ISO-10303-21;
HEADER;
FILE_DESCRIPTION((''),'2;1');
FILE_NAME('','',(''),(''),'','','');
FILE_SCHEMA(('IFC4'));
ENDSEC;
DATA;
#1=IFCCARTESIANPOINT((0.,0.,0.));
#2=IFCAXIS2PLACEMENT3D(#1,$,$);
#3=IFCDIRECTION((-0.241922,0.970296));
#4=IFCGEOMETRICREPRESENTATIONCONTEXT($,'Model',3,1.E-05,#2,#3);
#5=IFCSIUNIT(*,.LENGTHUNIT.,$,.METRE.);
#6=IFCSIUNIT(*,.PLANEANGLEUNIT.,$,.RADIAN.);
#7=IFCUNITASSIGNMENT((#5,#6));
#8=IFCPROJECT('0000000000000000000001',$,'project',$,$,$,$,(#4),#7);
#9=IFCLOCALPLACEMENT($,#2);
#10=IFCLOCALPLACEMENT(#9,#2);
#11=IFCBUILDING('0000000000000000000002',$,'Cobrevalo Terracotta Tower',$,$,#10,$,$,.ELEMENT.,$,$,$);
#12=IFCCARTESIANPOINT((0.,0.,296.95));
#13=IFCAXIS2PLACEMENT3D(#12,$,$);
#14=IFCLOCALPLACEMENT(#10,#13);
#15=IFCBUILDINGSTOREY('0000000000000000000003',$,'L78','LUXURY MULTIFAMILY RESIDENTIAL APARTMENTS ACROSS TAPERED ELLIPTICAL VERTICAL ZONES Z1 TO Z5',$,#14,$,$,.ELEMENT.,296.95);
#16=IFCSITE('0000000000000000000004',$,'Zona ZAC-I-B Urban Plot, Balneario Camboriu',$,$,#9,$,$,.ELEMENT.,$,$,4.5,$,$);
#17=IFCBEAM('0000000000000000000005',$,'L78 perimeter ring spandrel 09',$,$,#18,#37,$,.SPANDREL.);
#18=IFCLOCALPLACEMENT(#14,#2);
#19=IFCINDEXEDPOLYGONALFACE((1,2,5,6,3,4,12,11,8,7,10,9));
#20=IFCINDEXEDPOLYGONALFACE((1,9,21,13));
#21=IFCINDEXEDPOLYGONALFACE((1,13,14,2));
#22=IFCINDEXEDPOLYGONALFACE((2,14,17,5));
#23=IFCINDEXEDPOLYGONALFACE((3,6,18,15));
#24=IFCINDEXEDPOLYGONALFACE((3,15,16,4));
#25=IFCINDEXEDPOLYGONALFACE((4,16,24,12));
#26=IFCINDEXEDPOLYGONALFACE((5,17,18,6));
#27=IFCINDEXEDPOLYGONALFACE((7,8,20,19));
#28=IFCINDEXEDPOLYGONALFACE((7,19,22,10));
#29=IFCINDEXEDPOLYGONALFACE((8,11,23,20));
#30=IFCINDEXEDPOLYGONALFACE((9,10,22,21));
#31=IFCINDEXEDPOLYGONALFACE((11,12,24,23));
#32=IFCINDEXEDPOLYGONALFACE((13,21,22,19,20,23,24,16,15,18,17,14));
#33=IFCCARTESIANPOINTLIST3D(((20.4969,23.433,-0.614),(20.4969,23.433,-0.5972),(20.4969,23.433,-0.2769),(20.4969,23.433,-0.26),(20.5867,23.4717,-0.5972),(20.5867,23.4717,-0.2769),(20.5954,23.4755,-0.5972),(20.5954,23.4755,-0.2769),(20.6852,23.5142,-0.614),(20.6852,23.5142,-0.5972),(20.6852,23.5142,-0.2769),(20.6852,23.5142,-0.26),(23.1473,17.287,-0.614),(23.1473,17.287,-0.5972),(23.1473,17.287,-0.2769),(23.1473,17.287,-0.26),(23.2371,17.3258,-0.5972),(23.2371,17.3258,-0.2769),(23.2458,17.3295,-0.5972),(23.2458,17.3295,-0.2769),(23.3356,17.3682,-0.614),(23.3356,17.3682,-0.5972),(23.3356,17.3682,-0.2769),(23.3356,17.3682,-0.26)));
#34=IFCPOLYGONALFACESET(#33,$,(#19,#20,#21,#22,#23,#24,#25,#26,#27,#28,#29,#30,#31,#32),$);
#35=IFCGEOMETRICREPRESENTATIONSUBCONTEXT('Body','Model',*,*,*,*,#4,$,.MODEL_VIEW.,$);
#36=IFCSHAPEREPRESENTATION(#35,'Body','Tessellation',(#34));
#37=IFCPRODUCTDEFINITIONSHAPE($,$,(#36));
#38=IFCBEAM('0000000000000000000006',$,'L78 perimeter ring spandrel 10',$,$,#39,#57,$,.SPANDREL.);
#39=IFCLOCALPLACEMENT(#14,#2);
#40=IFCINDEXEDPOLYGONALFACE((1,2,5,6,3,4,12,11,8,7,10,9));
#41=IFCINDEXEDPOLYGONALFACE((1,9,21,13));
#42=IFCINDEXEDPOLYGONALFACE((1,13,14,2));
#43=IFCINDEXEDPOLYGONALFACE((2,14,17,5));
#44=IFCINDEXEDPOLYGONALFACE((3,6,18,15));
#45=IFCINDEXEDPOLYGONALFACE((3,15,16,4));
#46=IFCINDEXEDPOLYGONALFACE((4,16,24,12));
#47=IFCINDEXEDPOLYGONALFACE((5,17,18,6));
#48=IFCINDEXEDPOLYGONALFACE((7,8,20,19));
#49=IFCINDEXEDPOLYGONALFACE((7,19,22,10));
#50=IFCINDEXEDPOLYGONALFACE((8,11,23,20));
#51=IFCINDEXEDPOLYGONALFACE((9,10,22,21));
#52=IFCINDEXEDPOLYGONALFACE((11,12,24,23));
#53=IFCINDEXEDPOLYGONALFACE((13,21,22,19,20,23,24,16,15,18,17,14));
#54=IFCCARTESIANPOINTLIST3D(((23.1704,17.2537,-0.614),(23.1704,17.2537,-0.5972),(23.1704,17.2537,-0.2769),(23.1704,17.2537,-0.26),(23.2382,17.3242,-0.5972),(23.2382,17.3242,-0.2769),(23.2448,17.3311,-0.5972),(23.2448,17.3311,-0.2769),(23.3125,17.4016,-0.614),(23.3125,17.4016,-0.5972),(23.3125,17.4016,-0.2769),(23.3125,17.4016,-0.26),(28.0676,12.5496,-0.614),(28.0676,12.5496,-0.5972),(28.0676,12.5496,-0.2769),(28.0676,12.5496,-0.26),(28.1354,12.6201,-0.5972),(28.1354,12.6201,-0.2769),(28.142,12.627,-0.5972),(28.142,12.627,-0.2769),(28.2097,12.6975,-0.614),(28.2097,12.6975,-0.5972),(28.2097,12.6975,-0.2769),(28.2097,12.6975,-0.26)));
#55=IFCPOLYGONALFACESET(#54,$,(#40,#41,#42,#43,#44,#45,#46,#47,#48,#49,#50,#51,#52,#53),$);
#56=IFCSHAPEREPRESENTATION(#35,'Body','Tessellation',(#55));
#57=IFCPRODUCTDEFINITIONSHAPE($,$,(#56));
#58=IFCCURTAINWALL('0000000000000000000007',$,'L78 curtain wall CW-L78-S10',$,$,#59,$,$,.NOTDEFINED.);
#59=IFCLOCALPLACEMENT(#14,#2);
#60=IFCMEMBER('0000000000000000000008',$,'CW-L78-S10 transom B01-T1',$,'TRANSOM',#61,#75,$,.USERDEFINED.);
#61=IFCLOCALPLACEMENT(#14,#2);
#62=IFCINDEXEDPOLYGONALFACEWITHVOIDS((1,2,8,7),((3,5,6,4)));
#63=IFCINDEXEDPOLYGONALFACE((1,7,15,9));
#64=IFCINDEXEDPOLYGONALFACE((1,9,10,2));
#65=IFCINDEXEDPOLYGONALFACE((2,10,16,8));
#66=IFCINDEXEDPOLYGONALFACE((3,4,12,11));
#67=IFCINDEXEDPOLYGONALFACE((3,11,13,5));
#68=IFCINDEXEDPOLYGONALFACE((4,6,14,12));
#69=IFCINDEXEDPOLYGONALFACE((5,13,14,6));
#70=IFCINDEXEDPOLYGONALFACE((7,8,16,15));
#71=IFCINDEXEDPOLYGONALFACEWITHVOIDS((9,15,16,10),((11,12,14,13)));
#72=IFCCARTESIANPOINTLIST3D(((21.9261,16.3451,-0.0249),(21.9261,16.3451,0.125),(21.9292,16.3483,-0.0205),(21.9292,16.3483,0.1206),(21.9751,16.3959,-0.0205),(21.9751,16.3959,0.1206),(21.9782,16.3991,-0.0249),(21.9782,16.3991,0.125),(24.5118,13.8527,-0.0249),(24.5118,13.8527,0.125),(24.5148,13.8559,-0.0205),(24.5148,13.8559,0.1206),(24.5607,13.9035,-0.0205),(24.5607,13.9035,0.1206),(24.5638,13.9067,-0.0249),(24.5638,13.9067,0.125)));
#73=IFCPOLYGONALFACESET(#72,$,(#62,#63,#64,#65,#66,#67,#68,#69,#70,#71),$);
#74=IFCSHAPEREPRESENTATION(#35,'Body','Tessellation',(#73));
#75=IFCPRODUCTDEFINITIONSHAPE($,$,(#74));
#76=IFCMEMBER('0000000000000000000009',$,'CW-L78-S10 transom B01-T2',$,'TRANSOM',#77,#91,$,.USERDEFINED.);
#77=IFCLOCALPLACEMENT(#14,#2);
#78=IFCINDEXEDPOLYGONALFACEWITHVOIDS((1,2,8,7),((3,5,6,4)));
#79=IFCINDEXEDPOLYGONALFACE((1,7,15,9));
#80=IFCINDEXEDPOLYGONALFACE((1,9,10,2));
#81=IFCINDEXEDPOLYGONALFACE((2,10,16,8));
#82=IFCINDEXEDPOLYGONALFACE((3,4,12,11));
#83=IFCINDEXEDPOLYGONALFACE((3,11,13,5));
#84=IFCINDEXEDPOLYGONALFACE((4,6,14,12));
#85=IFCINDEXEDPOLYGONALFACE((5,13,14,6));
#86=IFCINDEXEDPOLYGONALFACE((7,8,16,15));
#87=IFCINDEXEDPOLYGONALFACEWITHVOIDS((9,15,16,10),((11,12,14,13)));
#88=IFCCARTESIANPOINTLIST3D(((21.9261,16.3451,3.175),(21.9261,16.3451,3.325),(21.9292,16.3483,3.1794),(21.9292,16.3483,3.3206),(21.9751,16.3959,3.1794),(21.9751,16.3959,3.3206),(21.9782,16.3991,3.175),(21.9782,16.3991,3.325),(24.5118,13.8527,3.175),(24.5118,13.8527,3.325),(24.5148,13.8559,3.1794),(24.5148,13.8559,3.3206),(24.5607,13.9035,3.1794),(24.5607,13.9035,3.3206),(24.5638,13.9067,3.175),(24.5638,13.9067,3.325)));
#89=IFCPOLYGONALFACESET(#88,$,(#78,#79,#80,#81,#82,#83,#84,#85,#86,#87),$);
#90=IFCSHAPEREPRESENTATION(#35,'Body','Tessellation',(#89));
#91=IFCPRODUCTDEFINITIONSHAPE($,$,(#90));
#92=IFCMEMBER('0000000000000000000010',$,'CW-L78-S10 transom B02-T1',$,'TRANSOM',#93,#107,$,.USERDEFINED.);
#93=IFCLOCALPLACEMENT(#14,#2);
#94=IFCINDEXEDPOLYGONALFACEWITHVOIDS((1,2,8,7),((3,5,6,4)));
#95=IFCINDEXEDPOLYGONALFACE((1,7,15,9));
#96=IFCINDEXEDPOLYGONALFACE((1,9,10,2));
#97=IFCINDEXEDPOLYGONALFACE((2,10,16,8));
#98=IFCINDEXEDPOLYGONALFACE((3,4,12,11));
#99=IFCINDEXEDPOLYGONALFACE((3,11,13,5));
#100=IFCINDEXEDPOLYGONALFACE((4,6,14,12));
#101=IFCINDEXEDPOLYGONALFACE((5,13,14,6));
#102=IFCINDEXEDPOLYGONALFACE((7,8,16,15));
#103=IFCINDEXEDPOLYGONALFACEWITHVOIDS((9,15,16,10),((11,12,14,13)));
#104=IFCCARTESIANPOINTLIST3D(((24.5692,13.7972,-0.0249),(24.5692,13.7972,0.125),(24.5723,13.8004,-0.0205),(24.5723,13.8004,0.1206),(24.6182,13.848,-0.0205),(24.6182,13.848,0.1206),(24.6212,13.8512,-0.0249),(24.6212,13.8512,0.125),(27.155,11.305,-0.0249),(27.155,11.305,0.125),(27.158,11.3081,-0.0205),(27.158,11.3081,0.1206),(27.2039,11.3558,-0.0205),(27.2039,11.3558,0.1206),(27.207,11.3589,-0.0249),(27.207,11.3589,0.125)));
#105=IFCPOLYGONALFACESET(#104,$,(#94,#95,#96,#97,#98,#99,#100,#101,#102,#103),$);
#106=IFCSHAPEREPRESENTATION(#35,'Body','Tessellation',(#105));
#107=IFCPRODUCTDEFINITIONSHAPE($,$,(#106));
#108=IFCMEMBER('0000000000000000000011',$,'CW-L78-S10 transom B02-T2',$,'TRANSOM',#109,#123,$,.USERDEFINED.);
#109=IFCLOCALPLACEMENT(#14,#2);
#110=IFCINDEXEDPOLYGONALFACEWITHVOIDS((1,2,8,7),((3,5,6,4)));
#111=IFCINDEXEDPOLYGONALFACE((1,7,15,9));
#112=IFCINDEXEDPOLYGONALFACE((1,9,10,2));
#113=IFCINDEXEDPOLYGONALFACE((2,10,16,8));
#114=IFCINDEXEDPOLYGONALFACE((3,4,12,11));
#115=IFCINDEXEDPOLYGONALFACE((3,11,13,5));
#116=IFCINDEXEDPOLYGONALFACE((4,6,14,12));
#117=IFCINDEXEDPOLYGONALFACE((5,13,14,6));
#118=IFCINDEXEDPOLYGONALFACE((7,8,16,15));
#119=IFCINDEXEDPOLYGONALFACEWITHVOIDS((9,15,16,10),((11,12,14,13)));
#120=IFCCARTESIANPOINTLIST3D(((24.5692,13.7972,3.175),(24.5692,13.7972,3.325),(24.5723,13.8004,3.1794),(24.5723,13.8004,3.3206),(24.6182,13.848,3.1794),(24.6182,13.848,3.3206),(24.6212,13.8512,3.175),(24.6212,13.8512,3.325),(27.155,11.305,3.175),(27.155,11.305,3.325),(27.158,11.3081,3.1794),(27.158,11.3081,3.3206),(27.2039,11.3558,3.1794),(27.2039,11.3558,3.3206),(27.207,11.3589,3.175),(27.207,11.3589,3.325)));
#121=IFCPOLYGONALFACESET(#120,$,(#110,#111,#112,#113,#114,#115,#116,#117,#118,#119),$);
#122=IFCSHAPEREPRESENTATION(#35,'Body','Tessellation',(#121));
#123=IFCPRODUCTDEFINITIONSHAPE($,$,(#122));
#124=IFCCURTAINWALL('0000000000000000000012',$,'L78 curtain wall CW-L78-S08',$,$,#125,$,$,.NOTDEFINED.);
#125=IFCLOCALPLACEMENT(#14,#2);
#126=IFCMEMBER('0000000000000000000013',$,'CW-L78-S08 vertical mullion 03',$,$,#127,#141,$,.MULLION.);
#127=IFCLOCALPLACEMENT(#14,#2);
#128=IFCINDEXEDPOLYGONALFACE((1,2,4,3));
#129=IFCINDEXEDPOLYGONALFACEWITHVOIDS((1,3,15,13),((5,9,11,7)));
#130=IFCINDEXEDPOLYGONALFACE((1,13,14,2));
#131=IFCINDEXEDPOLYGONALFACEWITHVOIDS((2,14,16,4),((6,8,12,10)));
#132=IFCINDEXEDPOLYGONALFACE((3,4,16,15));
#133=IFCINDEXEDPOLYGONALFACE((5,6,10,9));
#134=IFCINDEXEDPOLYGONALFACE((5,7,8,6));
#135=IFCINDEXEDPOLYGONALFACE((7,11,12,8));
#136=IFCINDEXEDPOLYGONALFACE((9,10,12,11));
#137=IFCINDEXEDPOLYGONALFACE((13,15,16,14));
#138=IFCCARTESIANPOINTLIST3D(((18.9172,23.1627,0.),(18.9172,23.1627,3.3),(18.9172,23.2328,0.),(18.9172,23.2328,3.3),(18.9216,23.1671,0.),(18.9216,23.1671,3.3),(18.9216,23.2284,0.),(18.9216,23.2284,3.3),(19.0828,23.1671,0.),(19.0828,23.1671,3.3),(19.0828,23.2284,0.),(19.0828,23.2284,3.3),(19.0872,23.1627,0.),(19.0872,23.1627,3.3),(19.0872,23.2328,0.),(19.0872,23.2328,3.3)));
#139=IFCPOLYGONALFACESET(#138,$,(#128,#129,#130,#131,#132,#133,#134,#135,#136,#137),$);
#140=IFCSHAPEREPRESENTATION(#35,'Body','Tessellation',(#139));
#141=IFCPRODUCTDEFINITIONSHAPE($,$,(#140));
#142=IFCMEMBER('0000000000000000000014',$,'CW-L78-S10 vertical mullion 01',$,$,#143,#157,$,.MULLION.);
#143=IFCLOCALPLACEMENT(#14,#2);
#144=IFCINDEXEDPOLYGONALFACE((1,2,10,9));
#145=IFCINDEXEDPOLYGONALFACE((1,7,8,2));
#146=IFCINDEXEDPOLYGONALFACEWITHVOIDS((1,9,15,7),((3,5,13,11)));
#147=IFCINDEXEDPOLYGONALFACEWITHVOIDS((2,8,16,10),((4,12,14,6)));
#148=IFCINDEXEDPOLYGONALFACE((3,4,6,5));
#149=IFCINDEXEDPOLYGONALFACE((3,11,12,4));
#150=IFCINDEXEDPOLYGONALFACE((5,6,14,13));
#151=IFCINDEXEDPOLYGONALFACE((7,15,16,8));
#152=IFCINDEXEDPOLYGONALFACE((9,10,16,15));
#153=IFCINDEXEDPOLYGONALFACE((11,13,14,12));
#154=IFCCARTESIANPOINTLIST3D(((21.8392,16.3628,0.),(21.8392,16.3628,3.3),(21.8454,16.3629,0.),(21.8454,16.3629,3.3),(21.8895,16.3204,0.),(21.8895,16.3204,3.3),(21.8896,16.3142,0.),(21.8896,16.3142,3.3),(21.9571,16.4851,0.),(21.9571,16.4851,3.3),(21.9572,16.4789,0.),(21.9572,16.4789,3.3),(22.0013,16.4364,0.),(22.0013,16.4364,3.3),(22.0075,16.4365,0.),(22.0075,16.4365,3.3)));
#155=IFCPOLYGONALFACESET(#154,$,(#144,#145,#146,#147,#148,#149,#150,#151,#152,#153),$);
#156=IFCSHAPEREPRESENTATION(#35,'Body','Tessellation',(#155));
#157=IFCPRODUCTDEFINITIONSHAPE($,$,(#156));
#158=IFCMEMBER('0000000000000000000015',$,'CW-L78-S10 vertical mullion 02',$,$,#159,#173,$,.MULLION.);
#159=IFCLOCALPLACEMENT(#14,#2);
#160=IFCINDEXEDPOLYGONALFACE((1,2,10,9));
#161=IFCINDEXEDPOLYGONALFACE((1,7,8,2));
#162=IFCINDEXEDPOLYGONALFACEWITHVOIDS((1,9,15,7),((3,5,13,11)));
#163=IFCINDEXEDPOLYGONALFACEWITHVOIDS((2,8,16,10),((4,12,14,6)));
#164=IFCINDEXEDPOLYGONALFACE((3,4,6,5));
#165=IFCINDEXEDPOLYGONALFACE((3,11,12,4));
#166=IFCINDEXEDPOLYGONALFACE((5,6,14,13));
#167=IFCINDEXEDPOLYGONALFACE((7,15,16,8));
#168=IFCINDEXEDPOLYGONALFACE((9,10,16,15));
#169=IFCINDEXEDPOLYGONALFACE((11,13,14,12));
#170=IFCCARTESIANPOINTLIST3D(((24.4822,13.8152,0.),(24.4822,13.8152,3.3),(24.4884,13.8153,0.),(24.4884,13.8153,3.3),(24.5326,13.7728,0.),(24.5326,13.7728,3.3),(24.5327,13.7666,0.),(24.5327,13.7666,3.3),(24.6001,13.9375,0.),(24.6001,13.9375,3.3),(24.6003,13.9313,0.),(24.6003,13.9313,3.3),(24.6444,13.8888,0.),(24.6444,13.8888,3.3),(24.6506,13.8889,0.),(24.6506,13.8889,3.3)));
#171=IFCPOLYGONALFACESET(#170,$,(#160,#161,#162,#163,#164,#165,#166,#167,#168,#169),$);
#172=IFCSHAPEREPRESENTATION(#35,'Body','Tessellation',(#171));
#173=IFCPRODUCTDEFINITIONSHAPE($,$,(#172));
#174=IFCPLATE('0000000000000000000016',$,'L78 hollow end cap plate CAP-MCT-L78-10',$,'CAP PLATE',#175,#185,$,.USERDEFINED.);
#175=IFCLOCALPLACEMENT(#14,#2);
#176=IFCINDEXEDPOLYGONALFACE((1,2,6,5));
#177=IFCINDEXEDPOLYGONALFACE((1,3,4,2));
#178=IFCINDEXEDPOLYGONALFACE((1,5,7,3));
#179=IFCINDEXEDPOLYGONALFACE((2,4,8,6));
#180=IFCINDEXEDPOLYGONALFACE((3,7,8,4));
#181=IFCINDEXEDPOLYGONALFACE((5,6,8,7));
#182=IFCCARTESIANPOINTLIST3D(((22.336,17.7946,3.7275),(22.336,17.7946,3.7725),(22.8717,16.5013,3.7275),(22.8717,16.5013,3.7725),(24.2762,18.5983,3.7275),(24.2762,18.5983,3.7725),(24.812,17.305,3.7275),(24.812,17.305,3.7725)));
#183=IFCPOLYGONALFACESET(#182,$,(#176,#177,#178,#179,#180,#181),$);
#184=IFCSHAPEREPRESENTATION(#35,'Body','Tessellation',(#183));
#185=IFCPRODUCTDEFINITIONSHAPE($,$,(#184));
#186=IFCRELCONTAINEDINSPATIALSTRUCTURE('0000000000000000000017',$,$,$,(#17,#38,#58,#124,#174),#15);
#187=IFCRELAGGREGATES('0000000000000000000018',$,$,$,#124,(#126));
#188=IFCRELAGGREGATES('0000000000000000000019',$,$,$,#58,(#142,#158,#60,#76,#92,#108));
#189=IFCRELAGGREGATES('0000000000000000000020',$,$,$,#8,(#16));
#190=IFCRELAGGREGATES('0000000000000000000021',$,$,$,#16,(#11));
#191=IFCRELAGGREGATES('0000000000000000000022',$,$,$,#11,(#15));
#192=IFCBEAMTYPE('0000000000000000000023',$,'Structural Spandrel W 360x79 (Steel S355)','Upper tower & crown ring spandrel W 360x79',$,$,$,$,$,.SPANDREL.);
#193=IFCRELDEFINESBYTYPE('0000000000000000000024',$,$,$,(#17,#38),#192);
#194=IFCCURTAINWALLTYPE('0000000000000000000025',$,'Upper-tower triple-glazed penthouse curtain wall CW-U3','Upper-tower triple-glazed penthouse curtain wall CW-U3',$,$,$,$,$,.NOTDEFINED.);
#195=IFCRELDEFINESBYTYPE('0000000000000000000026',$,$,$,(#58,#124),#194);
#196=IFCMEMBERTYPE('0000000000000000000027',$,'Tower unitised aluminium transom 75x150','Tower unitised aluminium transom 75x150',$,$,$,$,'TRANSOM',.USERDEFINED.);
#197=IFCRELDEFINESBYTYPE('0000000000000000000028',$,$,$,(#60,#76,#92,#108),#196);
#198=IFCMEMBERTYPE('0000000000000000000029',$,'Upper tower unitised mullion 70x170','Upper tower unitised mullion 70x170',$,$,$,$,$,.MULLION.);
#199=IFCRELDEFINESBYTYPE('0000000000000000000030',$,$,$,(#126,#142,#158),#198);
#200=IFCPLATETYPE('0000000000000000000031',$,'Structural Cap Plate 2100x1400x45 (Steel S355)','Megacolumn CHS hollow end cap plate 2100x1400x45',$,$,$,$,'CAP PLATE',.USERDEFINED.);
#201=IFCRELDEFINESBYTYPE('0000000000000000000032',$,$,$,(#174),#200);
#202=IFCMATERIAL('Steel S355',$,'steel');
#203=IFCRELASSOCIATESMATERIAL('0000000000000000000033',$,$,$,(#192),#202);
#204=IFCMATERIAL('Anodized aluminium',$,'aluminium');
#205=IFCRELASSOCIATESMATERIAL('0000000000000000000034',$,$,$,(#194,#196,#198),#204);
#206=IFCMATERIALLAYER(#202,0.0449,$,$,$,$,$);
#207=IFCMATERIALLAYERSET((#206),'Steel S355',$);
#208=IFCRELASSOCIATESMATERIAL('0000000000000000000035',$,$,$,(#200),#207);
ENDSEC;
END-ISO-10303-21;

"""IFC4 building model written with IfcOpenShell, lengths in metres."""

from ifc_helpers import new_model, si_unit, direction, frame, origin, origin_2d, place, context, subcontext, project, spatial, rectangle, hollow_rectangle, i_section, extrude, source, transform, mapped, material, layer, layer_set, material_profile, profile_set, type_object, element, aggregate, save


model = new_model("IFC4")

# Units and contexts
model_context = context("Model", 3, precision=1e-05, world=origin(), true_north=direction((-0.241922, 0.970296)))
body_context = subcontext(model_context, "Body", "Model", "MODEL_VIEW")
ifc_project = project(units=[si_unit("LENGTHUNIT", "METRE"), si_unit("PLANEANGLEUNIT", "RADIAN")], contexts=[model_context])

# Site, building, storey
site_placement = place(None, origin())
site = spatial("IfcSite", under=ifc_project, at=site_placement, Name="Zona ZAC-I-B Urban Plot, Balneario Camboriu", CompositionType="ELEMENT", RefElevation=4.5)
building_placement = place(site_placement, origin())
building = spatial("IfcBuilding", under=site, at=building_placement, Name="Cobrevalo Terracotta Tower", CompositionType="ELEMENT")
storey_placement = place(building_placement, frame((0.0, 0.0, 296.95)))
storey = spatial("IfcBuildingStorey", under=building, at=storey_placement, Name="L78", Description="LUXURY MULTIFAMILY RESIDENTIAL APARTMENTS ACROSS TAPERED ELLIPTICAL VERTICAL ZONES Z1 TO Z5", CompositionType="ELEMENT", Elevation=296.95)

# Shared definitions
ifc_material_1 = material(Name="Steel S355", Category="steel")

# Beams
ifc_material_profile_1 = material_profile(ifc_material_1, i_section(OverallWidth=0.2051, OverallDepth=0.354, WebThickness=0.0095, FlangeThickness=0.0168, at=origin_2d()), Name="W 360x79")
ifc_profile_set_1 = profile_set([ifc_material_profile_1], Name="Steel S355")
beam_type_1 = type_object("IfcBeamType", Name="Structural Spandrel W 360x79 (Steel S355)", Description="Upper tower & crown ring spandrel W 360x79", PredefinedType="SPANDREL", material=ifc_profile_set_1)
beam_1_placement = place(storey_placement, frame((20.5911, 23.4736, -0.437), z_axis=(0.395987, -0.918256, 0.0), x_axis=(0.918256, 0.395987, 0.0)))
element("IfcBeam", 1, at=beam_1_placement, inside=storey, type_object=beam_type_1, Name="L78 perimeter ring spandrel 09", PredefinedType="SPANDREL", context=body_context, shape_type="SweptSolid", body=[
    extrude(i_section(OverallWidth=0.2051, OverallDepth=0.354, WebThickness=0.0095, FlangeThickness=0.0168, at=origin_2d()), origin(), (0.0, 0.0, 1.0), 6.6931),
])
beam_2_placement = place(storey_placement, frame((23.2415, 17.3276, -0.437), z_axis=(0.721183, -0.692744, 0.0), x_axis=(0.692744, 0.721183, 0.0)))
element("IfcBeam", 2, at=beam_2_placement, inside=storey, type_object=beam_type_1, Name="L78 perimeter ring spandrel 10", PredefinedType="SPANDREL", context=body_context, shape_type="SweptSolid", body=[
    extrude(i_section(OverallWidth=0.2051, OverallDepth=0.354, WebThickness=0.0095, FlangeThickness=0.0168, at=origin_2d()), origin(), (0.0, 0.0, 1.0), 6.7905),
])

# Curtain wall, members
ifc_material_2 = material(Name="Anodized aluminium", Category="aluminium")
curtain_wall_type = type_object("IfcCurtainWallType", Name="Upper-tower triple-glazed penthouse curtain wall CW-U3", Description="Upper-tower triple-glazed penthouse curtain wall CW-U3", PredefinedType="NOTDEFINED", material=ifc_material_2)
curtain_wall_1_placement = place(storey_placement, origin())
curtain_wall_1 = element("IfcCurtainWall", 3, at=curtain_wall_1_placement, inside=storey, type_object=curtain_wall_type, Name="L78 curtain wall CW-L78-S10", PredefinedType="NOTDEFINED")
ifc_material_profile_2 = material_profile(ifc_material_2, hollow_rectangle(XDim=0.075, YDim=0.1499, WallThickness=0.0044, at=origin_2d()), Name="CWT 75x150")
ifc_profile_set_2 = profile_set([ifc_material_profile_2], Name="Anodized aluminium")
member_type_1 = type_object("IfcMemberType", Name="Tower unitised aluminium transom 75x150", Description="Tower unitised aluminium transom 75x150", ElementType="TRANSOM", PredefinedType="USERDEFINED", material=ifc_profile_set_2)
shared_shape_1 = source(origin(), body_context, "Body", "SweptSolid", [
    extrude(hollow_rectangle(XDim=0.075, YDim=0.1499, WallThickness=0.0044, at=origin_2d()), origin(), (0.0, 0.0, 1.0), 3.5913),
])
member_1_placement = place(storey_placement, frame((21.9521, 16.3721, 0.05), z_axis=(0.719972, -0.694003, 0.0), x_axis=(0.694003, 0.719972, 0.0)))
member_1 = element("IfcMember", 4, at=member_1_placement, type_object=member_type_1, Name="CW-L78-S10 transom B01-T1", ObjectType="TRANSOM", PredefinedType="USERDEFINED", context=body_context, shape_type="MappedRepresentation", body=[
    mapped(shared_shape_1, transform((0.0, 0.0, 0.0), scale=1.0)),
])
member_2_placement = place(storey_placement, frame((21.9521, 16.3721, 3.25), z_axis=(0.719972, -0.694003, 0.0), x_axis=(0.694003, 0.719972, 0.0)))
member_2 = element("IfcMember", 5, at=member_2_placement, type_object=member_type_1, Name="CW-L78-S10 transom B01-T2", ObjectType="TRANSOM", PredefinedType="USERDEFINED", context=body_context, shape_type="MappedRepresentation", body=[
    mapped(shared_shape_1, transform((0.0, 0.0, 0.0), scale=1.0)),
])
member_3_placement = place(storey_placement, frame((24.5952, 13.8242, 0.05), z_axis=(0.720006, -0.693968, 0.0), x_axis=(0.693968, 0.720006, 0.0)))
member_3 = element("IfcMember", 6, at=member_3_placement, type_object=member_type_1, Name="CW-L78-S10 transom B02-T1", ObjectType="TRANSOM", PredefinedType="USERDEFINED", context=body_context, shape_type="MappedRepresentation", body=[
    mapped(shared_shape_1, transform((0.0, 0.0, 0.0), scale=1.0)),
])
member_4_placement = place(storey_placement, frame((24.5952, 13.8242, 3.25), z_axis=(0.720006, -0.693968, 0.0), x_axis=(0.693968, 0.720006, 0.0)))
member_4 = element("IfcMember", 7, at=member_4_placement, type_object=member_type_1, Name="CW-L78-S10 transom B02-T2", ObjectType="TRANSOM", PredefinedType="USERDEFINED", context=body_context, shape_type="MappedRepresentation", body=[
    mapped(shared_shape_1, transform((0.0, 0.0, 0.0), scale=1.0)),
])

# Curtain wall, member
curtain_wall_2_placement = place(storey_placement, origin())
curtain_wall_2 = element("IfcCurtainWall", 8, at=curtain_wall_2_placement, inside=storey, type_object=curtain_wall_type, Name="L78 curtain wall CW-L78-S08", PredefinedType="NOTDEFINED")
ifc_material_profile_3 = material_profile(ifc_material_2, hollow_rectangle(XDim=0.0701, YDim=0.1699, WallThickness=0.0044, at=origin_2d()), Name="CWM 70x170")
ifc_profile_set_3 = profile_set([ifc_material_profile_3], Name="Anodized aluminium")
member_type_2 = type_object("IfcMemberType", Name="Upper tower unitised mullion 70x170", Description="Upper tower unitised mullion 70x170", PredefinedType="MULLION", material=ifc_profile_set_3)
shared_shape_2 = source(origin(), body_context, "Body", "SweptSolid", [
    extrude(hollow_rectangle(XDim=0.0701, YDim=0.1699, WallThickness=0.0044, at=origin_2d()), origin(), (0.0, 0.0, 1.0), 3.3),
])
member_5_placement = place(storey_placement, frame((19.0022, 23.1978, 0.0), z_axis=(0.0, 0.0, 1.0), x_axis=(0.0, -1.0, 0.0)))
member_5 = element("IfcMember", 9, at=member_5_placement, type_object=member_type_2, Name="CW-L78-S08 vertical mullion 03", PredefinedType="MULLION", context=body_context, shape_type="MappedRepresentation", body=[
    mapped(shared_shape_2, transform((0.0, 0.0, 0.0), scale=1.0)),
])
aggregate(curtain_wall_2, [member_5])

# Members
member_6_placement = place(storey_placement, frame((21.9233, 16.3997, 0.0), z_axis=(0.0, 0.0, 1.0), x_axis=(0.719994, -0.69398, 0.0)))
member_6 = element("IfcMember", 10, at=member_6_placement, type_object=member_type_2, Name="CW-L78-S10 vertical mullion 01", PredefinedType="MULLION", context=body_context, shape_type="MappedRepresentation", body=[
    mapped(shared_shape_2, transform((0.0, 0.0, 0.0), scale=1.0)),
])
member_7_placement = place(storey_placement, frame((24.5664, 13.8521, 0.0), z_axis=(0.0, 0.0, 1.0), x_axis=(0.719994, -0.69398, 0.0)))
member_7 = element("IfcMember", 11, at=member_7_placement, type_object=member_type_2, Name="CW-L78-S10 vertical mullion 02", PredefinedType="MULLION", context=body_context, shape_type="MappedRepresentation", body=[
    mapped(shared_shape_2, transform((0.0, 0.0, 0.0), scale=1.0)),
])

# Plate
ifc_layer_1 = layer(ifc_material_1, 0.0449)
ifc_layer_set_1 = layer_set([ifc_layer_1], Name="Steel S355")
plate_type_1 = type_object("IfcPlateType", Name="Structural Cap Plate 2100x1400x45 (Steel S355)", Description="Megacolumn CHS hollow end cap plate 2100x1400x45", ElementType="CAP PLATE", PredefinedType="USERDEFINED", material=ifc_layer_set_1)
shared_shape_3 = source(origin(), body_context, "Body", "SweptSolid", [
    extrude(rectangle(XDim=2.1001, YDim=1.3999, at=origin_2d()), origin(), (0.0, 0.0, 1.0), 0.0449),
])
plate_1_placement = place(storey_placement, frame((23.574, 17.5498, 3.7275), z_axis=(0.0, 0.0, 1.0), x_axis=(-0.92388, -0.382683, 0.0)))
element("IfcPlate", 12, at=plate_1_placement, inside=storey, type_object=plate_type_1, Name="L78 hollow end cap plate CAP-MCT-L78-10", ObjectType="CAP PLATE", PredefinedType="USERDEFINED", context=body_context, shape_type="MappedRepresentation", body=[
    mapped(shared_shape_3, transform((0.0, 0.0, 0.0), scale=1.0)),
])
aggregate(curtain_wall_1, [member_6, member_7, member_1, member_2, member_3, member_4])

save(model, "model.ifc")
